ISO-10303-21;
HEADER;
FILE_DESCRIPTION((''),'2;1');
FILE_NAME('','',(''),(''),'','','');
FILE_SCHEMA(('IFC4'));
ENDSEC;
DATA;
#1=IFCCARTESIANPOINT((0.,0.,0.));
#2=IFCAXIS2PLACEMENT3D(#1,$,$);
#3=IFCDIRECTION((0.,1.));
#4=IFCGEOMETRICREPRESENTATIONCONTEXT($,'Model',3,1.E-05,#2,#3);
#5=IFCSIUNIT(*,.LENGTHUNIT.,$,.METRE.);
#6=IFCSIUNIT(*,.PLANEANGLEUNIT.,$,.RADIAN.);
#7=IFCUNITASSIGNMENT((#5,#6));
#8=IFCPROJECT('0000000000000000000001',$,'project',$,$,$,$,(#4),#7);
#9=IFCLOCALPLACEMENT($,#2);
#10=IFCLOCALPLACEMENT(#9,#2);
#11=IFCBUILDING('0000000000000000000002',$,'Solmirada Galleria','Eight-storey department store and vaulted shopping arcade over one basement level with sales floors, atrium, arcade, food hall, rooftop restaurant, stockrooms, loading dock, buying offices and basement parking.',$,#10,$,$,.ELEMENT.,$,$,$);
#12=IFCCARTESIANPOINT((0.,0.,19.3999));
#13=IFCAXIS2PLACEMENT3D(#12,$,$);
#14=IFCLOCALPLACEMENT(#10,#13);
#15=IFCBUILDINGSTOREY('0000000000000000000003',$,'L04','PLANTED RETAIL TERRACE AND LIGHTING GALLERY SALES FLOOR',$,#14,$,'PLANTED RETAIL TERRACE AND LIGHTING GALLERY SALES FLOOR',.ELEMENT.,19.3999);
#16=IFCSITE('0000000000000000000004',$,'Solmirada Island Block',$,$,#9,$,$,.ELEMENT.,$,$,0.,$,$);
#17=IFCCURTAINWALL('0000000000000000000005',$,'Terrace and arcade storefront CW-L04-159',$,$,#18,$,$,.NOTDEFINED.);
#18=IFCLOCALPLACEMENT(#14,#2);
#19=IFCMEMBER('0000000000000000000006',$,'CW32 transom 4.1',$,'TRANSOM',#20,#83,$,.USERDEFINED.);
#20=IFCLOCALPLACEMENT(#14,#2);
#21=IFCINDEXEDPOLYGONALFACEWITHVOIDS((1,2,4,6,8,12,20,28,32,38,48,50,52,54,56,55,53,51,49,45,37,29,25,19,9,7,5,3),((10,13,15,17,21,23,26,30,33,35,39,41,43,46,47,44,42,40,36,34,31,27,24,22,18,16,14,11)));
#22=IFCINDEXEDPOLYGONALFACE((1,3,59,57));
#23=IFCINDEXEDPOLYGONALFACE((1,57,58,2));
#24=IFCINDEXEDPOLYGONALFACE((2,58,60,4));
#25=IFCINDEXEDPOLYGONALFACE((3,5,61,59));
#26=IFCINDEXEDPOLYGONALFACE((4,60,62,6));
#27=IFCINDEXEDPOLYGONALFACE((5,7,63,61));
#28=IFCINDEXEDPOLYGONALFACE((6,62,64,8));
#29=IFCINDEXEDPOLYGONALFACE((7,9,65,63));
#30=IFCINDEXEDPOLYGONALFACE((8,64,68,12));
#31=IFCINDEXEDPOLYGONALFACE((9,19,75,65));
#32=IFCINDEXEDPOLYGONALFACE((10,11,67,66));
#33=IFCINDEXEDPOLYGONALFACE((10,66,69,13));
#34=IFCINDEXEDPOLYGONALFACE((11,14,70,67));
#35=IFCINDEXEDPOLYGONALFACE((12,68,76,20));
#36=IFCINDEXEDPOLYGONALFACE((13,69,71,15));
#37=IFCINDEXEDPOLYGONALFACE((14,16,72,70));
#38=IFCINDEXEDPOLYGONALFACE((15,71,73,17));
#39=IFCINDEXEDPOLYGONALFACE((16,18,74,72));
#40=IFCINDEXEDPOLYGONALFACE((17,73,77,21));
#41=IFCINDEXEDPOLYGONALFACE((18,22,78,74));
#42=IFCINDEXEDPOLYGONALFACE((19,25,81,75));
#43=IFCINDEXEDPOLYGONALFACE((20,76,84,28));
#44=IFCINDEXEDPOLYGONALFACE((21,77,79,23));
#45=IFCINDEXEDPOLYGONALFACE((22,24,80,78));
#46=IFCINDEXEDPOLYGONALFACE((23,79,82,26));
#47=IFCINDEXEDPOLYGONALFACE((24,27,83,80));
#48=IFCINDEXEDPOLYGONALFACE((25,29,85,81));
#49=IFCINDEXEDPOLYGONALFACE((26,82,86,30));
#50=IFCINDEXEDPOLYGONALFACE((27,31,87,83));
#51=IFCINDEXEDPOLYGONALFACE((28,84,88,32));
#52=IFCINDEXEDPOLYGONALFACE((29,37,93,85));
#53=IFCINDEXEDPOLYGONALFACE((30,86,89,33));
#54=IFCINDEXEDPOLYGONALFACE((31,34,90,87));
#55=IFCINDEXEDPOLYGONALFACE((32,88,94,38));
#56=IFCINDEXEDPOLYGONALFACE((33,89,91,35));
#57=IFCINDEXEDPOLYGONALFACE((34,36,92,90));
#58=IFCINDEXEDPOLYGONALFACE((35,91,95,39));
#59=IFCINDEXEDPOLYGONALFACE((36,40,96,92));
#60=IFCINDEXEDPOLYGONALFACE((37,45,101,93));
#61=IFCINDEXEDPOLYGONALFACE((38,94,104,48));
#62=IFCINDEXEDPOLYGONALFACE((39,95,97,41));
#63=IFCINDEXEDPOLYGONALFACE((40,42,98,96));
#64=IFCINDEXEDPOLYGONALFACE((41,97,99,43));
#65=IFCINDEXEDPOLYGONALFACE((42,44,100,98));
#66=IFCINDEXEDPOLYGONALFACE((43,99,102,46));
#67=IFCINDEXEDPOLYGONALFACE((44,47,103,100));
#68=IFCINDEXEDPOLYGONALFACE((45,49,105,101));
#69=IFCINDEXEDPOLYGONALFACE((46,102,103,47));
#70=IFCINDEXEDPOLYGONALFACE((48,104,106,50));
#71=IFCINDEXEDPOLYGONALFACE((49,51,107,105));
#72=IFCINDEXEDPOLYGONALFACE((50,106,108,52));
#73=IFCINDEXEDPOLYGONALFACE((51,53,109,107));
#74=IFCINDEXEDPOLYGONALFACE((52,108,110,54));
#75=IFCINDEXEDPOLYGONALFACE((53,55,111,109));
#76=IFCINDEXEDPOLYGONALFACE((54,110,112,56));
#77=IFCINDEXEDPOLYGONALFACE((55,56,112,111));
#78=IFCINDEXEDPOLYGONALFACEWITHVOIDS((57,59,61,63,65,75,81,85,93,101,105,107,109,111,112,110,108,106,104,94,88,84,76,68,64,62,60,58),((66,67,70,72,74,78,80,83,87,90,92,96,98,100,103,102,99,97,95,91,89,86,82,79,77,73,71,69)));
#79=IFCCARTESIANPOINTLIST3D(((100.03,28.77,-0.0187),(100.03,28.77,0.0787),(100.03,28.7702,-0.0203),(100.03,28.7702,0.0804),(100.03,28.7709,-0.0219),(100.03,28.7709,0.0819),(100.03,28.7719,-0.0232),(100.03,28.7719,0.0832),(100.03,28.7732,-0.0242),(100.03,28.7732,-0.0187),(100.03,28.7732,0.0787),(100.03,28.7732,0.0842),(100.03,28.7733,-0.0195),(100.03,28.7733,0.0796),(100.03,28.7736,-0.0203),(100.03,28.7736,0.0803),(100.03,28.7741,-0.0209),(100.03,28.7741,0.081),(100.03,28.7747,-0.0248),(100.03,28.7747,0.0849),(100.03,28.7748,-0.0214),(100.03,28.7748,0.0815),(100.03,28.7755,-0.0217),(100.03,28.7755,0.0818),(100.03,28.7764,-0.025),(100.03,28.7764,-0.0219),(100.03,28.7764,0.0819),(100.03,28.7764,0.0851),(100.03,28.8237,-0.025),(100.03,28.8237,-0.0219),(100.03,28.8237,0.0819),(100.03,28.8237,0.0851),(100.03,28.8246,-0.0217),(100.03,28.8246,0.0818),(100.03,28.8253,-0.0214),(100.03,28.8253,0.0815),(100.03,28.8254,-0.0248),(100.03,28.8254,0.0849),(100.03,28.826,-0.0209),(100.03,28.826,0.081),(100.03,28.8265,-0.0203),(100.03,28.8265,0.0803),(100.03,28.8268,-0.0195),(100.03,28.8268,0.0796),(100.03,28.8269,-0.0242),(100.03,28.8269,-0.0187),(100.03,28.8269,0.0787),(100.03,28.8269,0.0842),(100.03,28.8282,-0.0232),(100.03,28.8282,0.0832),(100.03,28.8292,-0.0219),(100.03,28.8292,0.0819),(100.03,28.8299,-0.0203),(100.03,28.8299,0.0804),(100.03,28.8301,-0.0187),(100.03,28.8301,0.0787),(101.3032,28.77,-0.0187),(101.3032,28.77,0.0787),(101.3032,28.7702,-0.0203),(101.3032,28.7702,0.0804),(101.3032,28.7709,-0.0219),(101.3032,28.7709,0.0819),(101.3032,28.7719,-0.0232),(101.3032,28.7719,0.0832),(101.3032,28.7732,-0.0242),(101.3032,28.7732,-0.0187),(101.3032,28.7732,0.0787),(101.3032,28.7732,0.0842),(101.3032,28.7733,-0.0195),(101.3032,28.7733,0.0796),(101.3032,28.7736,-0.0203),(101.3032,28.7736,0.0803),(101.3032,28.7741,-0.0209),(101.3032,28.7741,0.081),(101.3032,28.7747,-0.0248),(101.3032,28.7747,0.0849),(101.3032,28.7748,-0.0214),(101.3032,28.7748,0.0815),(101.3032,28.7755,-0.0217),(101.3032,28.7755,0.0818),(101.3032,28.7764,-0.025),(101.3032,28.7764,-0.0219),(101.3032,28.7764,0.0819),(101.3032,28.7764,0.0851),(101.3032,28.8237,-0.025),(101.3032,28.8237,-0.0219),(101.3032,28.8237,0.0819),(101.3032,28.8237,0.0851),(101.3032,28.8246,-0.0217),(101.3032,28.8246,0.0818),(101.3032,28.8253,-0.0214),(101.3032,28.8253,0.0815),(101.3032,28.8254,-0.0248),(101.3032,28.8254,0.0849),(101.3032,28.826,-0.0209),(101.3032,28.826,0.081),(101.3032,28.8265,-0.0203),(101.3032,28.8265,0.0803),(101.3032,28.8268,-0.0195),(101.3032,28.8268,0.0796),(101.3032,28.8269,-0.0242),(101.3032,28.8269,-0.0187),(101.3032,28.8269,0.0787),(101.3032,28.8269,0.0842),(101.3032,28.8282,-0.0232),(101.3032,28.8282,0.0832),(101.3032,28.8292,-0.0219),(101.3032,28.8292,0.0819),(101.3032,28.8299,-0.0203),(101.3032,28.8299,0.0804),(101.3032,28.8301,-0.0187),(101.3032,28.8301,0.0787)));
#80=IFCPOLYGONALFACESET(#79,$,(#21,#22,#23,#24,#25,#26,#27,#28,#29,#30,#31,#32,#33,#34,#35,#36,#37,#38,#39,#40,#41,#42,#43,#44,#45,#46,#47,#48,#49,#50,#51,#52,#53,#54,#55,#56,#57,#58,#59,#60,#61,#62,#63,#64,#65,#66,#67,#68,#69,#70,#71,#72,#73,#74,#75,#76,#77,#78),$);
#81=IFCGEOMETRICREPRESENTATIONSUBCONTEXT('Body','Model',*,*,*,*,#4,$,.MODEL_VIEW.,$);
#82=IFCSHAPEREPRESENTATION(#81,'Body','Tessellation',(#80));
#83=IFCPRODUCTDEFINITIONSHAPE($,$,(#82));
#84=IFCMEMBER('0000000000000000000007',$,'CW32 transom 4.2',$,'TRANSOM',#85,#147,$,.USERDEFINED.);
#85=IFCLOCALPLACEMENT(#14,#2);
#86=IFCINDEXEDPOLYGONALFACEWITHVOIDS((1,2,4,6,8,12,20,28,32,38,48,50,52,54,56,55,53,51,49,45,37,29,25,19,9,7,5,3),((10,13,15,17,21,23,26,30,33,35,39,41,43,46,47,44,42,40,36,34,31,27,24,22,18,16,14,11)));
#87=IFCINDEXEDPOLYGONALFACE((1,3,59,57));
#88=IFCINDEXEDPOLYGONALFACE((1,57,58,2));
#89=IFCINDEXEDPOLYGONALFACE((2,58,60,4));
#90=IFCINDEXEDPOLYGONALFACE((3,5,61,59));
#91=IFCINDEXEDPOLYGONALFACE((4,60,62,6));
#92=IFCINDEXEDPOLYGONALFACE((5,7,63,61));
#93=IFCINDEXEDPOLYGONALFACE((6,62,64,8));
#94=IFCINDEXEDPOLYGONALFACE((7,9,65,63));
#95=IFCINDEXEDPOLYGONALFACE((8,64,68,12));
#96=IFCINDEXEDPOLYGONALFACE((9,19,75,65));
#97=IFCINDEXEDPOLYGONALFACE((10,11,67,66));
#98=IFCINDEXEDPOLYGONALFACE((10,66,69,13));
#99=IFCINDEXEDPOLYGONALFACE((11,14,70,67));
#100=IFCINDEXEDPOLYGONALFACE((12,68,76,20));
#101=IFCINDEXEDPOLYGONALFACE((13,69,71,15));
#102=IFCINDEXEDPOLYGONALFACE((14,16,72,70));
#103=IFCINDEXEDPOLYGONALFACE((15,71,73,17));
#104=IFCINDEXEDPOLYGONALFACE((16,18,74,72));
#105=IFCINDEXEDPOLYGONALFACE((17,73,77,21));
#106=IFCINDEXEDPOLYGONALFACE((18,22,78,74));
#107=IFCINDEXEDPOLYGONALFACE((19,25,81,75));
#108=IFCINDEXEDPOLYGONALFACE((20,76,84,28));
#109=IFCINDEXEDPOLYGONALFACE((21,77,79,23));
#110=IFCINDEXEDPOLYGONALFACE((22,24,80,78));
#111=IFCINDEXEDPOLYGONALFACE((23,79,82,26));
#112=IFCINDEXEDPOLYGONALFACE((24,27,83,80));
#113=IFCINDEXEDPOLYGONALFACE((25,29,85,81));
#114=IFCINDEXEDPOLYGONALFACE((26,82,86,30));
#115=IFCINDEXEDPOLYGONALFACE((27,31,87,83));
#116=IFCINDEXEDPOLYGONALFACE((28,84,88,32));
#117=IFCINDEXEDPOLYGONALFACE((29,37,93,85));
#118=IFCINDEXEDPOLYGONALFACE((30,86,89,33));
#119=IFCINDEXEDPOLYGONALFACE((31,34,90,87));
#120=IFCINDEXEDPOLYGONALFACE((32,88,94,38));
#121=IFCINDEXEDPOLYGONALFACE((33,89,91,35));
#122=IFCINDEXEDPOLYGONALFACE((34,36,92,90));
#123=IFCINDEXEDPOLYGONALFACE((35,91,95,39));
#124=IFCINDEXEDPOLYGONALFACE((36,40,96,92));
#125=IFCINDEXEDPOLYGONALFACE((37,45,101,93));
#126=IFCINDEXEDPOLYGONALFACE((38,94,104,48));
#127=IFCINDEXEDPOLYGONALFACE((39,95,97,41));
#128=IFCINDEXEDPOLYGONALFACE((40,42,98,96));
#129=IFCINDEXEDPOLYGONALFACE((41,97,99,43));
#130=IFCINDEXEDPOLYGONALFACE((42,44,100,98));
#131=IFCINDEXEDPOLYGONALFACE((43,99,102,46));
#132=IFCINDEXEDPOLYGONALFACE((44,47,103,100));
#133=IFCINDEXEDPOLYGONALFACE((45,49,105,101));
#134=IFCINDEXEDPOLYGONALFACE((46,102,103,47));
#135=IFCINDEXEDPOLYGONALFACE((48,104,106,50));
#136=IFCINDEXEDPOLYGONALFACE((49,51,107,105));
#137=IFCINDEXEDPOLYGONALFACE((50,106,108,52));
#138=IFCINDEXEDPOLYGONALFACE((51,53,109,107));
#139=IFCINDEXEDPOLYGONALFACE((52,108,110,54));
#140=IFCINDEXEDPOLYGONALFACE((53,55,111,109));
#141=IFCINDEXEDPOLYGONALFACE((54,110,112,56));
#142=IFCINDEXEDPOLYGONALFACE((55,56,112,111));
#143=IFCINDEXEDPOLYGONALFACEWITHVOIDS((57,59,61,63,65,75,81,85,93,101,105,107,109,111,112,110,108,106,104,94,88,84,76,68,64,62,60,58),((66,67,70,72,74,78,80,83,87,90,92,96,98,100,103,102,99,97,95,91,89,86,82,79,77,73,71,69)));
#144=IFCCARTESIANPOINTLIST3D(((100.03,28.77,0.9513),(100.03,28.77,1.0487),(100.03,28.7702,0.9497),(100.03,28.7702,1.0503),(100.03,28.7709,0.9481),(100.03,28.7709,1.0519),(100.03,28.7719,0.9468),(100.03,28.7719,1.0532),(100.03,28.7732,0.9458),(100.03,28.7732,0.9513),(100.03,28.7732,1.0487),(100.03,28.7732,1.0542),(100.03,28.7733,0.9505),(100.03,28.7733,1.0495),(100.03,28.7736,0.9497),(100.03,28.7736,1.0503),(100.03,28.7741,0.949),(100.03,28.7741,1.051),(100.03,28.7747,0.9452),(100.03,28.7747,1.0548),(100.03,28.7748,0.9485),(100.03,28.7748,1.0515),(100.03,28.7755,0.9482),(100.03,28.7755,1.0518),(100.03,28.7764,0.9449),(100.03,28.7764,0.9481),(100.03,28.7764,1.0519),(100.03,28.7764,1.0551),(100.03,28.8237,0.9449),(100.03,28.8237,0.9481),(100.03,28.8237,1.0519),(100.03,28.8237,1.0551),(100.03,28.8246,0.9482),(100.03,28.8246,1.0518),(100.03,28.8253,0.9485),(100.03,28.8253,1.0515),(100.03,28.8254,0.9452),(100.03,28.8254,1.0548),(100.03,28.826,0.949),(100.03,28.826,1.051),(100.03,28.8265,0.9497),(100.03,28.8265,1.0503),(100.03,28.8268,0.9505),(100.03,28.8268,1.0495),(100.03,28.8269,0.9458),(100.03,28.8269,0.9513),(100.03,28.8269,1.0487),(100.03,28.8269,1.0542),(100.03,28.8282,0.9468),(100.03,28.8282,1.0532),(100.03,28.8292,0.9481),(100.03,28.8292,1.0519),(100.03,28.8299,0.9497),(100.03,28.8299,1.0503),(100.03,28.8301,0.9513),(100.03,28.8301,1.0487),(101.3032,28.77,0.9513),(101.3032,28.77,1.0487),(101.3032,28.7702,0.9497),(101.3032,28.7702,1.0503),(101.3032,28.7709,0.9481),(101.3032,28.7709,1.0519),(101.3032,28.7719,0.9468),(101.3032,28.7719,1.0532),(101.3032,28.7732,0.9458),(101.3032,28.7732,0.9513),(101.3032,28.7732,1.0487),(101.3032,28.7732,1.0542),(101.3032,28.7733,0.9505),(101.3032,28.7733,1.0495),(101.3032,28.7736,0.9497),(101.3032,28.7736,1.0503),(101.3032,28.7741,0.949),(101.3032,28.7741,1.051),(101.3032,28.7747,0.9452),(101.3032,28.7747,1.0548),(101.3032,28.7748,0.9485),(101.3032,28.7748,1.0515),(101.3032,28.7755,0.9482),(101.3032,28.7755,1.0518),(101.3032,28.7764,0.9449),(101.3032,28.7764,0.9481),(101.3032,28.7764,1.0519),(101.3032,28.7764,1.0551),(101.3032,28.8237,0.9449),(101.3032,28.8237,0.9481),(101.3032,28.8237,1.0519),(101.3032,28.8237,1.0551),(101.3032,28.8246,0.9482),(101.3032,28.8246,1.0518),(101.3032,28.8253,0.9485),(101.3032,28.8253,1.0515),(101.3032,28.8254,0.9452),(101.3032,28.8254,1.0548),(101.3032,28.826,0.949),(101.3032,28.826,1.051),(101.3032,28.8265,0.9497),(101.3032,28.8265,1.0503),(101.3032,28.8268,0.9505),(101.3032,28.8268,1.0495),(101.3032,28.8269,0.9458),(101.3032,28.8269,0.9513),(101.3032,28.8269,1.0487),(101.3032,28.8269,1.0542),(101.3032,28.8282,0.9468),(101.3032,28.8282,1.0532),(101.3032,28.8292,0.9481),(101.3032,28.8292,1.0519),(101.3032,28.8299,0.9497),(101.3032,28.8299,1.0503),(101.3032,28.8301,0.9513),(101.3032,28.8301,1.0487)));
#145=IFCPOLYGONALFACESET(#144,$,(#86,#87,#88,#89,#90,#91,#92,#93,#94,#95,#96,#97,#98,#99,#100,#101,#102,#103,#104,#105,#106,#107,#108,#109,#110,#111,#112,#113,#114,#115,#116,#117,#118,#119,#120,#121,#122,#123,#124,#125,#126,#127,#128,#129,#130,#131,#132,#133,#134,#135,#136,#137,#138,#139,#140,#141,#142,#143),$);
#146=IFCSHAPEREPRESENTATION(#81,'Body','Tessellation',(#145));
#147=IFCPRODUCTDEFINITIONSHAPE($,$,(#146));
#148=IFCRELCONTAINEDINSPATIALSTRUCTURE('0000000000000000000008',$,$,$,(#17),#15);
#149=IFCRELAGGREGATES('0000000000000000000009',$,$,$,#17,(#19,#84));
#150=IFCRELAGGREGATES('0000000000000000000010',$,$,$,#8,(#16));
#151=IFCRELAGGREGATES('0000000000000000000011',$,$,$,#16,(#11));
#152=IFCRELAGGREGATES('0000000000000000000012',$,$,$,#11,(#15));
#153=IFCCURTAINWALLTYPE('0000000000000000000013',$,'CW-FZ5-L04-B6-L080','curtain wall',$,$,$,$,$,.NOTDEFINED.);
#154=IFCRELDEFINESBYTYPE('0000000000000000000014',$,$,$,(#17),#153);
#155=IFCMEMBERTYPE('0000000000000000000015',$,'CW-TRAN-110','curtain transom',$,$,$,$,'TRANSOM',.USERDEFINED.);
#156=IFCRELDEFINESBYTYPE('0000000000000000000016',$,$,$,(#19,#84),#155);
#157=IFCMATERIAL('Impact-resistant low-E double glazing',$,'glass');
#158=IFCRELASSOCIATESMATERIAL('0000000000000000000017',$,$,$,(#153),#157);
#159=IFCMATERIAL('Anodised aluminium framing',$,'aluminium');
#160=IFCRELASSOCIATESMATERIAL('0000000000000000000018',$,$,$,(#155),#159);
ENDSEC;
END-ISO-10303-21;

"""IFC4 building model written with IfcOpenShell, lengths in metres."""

from ifc_helpers import new_model, si_unit, direction, frame, origin, origin_2d, place, context, subcontext, project, spatial, hollow_rectangle, extrude, material, material_profile, profile_set, type_object, element, aggregate, save


model = new_model("IFC4")

# Units and contexts
model_context = context("Model", 3, precision=1e-05, world=origin(), true_north=direction((0.0, 1.0)))
body_context = subcontext(model_context, "Body", "Model", "MODEL_VIEW")
ifc_project = project(units=[si_unit("LENGTHUNIT", "METRE"), si_unit("PLANEANGLEUNIT", "RADIAN")], contexts=[model_context])

# Site, building, storey
site_placement = place(None, origin())
site = spatial("IfcSite", under=ifc_project, at=site_placement, Name="Solmirada Island Block", CompositionType="ELEMENT", RefElevation=0.0)
building_placement = place(site_placement, origin())
building = spatial("IfcBuilding", under=site, at=building_placement, Name="Solmirada Galleria", Description="Eight-storey department store and vaulted shopping arcade over one basement level with sales floors, atrium, arcade, food hall, rooftop restaurant, stockrooms, loading dock, buying offices and basement parking.", CompositionType="ELEMENT")
storey_placement = place(building_placement, frame((0.0, 0.0, 19.3999)))
storey = spatial("IfcBuildingStorey", under=building, at=storey_placement, Name="L04", Description="PLANTED RETAIL TERRACE AND LIGHTING GALLERY SALES FLOOR", LongName="PLANTED RETAIL TERRACE AND LIGHTING GALLERY SALES FLOOR", CompositionType="ELEMENT", Elevation=19.3999)

# Curtain wall, members
ifc_material_1 = material(Name="Impact-resistant low-E double glazing", Category="glass")
curtain_wall_type = type_object("IfcCurtainWallType", Name="CW-FZ5-L04-B6-L080", Description="curtain wall", PredefinedType="NOTDEFINED", material=ifc_material_1)
curtain_wall_placement = place(storey_placement, origin())
curtain_wall = element("IfcCurtainWall", 1, at=curtain_wall_placement, inside=storey, type_object=curtain_wall_type, Name="Terrace and arcade storefront CW-L04-159", PredefinedType="NOTDEFINED")
ifc_material_2 = material(Name="Anodised aluminium framing", Category="aluminium")
ifc_material_profile_1 = material_profile(ifc_material_2, hollow_rectangle(XDim=0.0601, YDim=0.1101, WallThickness=0.0032, InnerFilletRadius=0.0032, OuterFilletRadius=0.0063, at=origin_2d()), Name="ALU-TRAN-110X60")
ifc_profile_set_1 = profile_set([ifc_material_profile_1], Name="Anodised aluminium framing")
member_type_1 = type_object("IfcMemberType", Name="CW-TRAN-110", Description="curtain transom", ElementType="TRANSOM", PredefinedType="USERDEFINED", material=ifc_profile_set_1)
member_1_placement = place(storey_placement, frame((100.03, 28.8, 0.03), z_axis=(1.0, 0.0, 0.0), x_axis=(0.0, 1.0, 0.0)))
member_1 = element("IfcMember", 2, at=member_1_placement, type_object=member_type_1, Name="CW32 transom 4.1", ObjectType="TRANSOM", PredefinedType="USERDEFINED", context=body_context, shape_type="SweptSolid", body=[
    extrude(hollow_rectangle(XDim=0.0601, YDim=0.1101, WallThickness=0.0032, InnerFilletRadius=0.0032, OuterFilletRadius=0.0063, at=origin_2d()), origin(), (0.0, 0.0, 1.0), 1.2732),
])
member_2_placement = place(storey_placement, frame((100.03, 28.8, 1.0), z_axis=(1.0, 0.0, 0.0), x_axis=(0.0, 1.0, 0.0)))
member_2 = element("IfcMember", 3, at=member_2_placement, type_object=member_type_1, Name="CW32 transom 4.2", ObjectType="TRANSOM", PredefinedType="USERDEFINED", context=body_context, shape_type="SweptSolid", body=[
    extrude(hollow_rectangle(XDim=0.0601, YDim=0.1101, WallThickness=0.0032, InnerFilletRadius=0.0032, OuterFilletRadius=0.0063, at=origin_2d()), origin(), (0.0, 0.0, 1.0), 1.2732),
])
aggregate(curtain_wall, [member_1, member_2])

save(model, "model.ifc")
